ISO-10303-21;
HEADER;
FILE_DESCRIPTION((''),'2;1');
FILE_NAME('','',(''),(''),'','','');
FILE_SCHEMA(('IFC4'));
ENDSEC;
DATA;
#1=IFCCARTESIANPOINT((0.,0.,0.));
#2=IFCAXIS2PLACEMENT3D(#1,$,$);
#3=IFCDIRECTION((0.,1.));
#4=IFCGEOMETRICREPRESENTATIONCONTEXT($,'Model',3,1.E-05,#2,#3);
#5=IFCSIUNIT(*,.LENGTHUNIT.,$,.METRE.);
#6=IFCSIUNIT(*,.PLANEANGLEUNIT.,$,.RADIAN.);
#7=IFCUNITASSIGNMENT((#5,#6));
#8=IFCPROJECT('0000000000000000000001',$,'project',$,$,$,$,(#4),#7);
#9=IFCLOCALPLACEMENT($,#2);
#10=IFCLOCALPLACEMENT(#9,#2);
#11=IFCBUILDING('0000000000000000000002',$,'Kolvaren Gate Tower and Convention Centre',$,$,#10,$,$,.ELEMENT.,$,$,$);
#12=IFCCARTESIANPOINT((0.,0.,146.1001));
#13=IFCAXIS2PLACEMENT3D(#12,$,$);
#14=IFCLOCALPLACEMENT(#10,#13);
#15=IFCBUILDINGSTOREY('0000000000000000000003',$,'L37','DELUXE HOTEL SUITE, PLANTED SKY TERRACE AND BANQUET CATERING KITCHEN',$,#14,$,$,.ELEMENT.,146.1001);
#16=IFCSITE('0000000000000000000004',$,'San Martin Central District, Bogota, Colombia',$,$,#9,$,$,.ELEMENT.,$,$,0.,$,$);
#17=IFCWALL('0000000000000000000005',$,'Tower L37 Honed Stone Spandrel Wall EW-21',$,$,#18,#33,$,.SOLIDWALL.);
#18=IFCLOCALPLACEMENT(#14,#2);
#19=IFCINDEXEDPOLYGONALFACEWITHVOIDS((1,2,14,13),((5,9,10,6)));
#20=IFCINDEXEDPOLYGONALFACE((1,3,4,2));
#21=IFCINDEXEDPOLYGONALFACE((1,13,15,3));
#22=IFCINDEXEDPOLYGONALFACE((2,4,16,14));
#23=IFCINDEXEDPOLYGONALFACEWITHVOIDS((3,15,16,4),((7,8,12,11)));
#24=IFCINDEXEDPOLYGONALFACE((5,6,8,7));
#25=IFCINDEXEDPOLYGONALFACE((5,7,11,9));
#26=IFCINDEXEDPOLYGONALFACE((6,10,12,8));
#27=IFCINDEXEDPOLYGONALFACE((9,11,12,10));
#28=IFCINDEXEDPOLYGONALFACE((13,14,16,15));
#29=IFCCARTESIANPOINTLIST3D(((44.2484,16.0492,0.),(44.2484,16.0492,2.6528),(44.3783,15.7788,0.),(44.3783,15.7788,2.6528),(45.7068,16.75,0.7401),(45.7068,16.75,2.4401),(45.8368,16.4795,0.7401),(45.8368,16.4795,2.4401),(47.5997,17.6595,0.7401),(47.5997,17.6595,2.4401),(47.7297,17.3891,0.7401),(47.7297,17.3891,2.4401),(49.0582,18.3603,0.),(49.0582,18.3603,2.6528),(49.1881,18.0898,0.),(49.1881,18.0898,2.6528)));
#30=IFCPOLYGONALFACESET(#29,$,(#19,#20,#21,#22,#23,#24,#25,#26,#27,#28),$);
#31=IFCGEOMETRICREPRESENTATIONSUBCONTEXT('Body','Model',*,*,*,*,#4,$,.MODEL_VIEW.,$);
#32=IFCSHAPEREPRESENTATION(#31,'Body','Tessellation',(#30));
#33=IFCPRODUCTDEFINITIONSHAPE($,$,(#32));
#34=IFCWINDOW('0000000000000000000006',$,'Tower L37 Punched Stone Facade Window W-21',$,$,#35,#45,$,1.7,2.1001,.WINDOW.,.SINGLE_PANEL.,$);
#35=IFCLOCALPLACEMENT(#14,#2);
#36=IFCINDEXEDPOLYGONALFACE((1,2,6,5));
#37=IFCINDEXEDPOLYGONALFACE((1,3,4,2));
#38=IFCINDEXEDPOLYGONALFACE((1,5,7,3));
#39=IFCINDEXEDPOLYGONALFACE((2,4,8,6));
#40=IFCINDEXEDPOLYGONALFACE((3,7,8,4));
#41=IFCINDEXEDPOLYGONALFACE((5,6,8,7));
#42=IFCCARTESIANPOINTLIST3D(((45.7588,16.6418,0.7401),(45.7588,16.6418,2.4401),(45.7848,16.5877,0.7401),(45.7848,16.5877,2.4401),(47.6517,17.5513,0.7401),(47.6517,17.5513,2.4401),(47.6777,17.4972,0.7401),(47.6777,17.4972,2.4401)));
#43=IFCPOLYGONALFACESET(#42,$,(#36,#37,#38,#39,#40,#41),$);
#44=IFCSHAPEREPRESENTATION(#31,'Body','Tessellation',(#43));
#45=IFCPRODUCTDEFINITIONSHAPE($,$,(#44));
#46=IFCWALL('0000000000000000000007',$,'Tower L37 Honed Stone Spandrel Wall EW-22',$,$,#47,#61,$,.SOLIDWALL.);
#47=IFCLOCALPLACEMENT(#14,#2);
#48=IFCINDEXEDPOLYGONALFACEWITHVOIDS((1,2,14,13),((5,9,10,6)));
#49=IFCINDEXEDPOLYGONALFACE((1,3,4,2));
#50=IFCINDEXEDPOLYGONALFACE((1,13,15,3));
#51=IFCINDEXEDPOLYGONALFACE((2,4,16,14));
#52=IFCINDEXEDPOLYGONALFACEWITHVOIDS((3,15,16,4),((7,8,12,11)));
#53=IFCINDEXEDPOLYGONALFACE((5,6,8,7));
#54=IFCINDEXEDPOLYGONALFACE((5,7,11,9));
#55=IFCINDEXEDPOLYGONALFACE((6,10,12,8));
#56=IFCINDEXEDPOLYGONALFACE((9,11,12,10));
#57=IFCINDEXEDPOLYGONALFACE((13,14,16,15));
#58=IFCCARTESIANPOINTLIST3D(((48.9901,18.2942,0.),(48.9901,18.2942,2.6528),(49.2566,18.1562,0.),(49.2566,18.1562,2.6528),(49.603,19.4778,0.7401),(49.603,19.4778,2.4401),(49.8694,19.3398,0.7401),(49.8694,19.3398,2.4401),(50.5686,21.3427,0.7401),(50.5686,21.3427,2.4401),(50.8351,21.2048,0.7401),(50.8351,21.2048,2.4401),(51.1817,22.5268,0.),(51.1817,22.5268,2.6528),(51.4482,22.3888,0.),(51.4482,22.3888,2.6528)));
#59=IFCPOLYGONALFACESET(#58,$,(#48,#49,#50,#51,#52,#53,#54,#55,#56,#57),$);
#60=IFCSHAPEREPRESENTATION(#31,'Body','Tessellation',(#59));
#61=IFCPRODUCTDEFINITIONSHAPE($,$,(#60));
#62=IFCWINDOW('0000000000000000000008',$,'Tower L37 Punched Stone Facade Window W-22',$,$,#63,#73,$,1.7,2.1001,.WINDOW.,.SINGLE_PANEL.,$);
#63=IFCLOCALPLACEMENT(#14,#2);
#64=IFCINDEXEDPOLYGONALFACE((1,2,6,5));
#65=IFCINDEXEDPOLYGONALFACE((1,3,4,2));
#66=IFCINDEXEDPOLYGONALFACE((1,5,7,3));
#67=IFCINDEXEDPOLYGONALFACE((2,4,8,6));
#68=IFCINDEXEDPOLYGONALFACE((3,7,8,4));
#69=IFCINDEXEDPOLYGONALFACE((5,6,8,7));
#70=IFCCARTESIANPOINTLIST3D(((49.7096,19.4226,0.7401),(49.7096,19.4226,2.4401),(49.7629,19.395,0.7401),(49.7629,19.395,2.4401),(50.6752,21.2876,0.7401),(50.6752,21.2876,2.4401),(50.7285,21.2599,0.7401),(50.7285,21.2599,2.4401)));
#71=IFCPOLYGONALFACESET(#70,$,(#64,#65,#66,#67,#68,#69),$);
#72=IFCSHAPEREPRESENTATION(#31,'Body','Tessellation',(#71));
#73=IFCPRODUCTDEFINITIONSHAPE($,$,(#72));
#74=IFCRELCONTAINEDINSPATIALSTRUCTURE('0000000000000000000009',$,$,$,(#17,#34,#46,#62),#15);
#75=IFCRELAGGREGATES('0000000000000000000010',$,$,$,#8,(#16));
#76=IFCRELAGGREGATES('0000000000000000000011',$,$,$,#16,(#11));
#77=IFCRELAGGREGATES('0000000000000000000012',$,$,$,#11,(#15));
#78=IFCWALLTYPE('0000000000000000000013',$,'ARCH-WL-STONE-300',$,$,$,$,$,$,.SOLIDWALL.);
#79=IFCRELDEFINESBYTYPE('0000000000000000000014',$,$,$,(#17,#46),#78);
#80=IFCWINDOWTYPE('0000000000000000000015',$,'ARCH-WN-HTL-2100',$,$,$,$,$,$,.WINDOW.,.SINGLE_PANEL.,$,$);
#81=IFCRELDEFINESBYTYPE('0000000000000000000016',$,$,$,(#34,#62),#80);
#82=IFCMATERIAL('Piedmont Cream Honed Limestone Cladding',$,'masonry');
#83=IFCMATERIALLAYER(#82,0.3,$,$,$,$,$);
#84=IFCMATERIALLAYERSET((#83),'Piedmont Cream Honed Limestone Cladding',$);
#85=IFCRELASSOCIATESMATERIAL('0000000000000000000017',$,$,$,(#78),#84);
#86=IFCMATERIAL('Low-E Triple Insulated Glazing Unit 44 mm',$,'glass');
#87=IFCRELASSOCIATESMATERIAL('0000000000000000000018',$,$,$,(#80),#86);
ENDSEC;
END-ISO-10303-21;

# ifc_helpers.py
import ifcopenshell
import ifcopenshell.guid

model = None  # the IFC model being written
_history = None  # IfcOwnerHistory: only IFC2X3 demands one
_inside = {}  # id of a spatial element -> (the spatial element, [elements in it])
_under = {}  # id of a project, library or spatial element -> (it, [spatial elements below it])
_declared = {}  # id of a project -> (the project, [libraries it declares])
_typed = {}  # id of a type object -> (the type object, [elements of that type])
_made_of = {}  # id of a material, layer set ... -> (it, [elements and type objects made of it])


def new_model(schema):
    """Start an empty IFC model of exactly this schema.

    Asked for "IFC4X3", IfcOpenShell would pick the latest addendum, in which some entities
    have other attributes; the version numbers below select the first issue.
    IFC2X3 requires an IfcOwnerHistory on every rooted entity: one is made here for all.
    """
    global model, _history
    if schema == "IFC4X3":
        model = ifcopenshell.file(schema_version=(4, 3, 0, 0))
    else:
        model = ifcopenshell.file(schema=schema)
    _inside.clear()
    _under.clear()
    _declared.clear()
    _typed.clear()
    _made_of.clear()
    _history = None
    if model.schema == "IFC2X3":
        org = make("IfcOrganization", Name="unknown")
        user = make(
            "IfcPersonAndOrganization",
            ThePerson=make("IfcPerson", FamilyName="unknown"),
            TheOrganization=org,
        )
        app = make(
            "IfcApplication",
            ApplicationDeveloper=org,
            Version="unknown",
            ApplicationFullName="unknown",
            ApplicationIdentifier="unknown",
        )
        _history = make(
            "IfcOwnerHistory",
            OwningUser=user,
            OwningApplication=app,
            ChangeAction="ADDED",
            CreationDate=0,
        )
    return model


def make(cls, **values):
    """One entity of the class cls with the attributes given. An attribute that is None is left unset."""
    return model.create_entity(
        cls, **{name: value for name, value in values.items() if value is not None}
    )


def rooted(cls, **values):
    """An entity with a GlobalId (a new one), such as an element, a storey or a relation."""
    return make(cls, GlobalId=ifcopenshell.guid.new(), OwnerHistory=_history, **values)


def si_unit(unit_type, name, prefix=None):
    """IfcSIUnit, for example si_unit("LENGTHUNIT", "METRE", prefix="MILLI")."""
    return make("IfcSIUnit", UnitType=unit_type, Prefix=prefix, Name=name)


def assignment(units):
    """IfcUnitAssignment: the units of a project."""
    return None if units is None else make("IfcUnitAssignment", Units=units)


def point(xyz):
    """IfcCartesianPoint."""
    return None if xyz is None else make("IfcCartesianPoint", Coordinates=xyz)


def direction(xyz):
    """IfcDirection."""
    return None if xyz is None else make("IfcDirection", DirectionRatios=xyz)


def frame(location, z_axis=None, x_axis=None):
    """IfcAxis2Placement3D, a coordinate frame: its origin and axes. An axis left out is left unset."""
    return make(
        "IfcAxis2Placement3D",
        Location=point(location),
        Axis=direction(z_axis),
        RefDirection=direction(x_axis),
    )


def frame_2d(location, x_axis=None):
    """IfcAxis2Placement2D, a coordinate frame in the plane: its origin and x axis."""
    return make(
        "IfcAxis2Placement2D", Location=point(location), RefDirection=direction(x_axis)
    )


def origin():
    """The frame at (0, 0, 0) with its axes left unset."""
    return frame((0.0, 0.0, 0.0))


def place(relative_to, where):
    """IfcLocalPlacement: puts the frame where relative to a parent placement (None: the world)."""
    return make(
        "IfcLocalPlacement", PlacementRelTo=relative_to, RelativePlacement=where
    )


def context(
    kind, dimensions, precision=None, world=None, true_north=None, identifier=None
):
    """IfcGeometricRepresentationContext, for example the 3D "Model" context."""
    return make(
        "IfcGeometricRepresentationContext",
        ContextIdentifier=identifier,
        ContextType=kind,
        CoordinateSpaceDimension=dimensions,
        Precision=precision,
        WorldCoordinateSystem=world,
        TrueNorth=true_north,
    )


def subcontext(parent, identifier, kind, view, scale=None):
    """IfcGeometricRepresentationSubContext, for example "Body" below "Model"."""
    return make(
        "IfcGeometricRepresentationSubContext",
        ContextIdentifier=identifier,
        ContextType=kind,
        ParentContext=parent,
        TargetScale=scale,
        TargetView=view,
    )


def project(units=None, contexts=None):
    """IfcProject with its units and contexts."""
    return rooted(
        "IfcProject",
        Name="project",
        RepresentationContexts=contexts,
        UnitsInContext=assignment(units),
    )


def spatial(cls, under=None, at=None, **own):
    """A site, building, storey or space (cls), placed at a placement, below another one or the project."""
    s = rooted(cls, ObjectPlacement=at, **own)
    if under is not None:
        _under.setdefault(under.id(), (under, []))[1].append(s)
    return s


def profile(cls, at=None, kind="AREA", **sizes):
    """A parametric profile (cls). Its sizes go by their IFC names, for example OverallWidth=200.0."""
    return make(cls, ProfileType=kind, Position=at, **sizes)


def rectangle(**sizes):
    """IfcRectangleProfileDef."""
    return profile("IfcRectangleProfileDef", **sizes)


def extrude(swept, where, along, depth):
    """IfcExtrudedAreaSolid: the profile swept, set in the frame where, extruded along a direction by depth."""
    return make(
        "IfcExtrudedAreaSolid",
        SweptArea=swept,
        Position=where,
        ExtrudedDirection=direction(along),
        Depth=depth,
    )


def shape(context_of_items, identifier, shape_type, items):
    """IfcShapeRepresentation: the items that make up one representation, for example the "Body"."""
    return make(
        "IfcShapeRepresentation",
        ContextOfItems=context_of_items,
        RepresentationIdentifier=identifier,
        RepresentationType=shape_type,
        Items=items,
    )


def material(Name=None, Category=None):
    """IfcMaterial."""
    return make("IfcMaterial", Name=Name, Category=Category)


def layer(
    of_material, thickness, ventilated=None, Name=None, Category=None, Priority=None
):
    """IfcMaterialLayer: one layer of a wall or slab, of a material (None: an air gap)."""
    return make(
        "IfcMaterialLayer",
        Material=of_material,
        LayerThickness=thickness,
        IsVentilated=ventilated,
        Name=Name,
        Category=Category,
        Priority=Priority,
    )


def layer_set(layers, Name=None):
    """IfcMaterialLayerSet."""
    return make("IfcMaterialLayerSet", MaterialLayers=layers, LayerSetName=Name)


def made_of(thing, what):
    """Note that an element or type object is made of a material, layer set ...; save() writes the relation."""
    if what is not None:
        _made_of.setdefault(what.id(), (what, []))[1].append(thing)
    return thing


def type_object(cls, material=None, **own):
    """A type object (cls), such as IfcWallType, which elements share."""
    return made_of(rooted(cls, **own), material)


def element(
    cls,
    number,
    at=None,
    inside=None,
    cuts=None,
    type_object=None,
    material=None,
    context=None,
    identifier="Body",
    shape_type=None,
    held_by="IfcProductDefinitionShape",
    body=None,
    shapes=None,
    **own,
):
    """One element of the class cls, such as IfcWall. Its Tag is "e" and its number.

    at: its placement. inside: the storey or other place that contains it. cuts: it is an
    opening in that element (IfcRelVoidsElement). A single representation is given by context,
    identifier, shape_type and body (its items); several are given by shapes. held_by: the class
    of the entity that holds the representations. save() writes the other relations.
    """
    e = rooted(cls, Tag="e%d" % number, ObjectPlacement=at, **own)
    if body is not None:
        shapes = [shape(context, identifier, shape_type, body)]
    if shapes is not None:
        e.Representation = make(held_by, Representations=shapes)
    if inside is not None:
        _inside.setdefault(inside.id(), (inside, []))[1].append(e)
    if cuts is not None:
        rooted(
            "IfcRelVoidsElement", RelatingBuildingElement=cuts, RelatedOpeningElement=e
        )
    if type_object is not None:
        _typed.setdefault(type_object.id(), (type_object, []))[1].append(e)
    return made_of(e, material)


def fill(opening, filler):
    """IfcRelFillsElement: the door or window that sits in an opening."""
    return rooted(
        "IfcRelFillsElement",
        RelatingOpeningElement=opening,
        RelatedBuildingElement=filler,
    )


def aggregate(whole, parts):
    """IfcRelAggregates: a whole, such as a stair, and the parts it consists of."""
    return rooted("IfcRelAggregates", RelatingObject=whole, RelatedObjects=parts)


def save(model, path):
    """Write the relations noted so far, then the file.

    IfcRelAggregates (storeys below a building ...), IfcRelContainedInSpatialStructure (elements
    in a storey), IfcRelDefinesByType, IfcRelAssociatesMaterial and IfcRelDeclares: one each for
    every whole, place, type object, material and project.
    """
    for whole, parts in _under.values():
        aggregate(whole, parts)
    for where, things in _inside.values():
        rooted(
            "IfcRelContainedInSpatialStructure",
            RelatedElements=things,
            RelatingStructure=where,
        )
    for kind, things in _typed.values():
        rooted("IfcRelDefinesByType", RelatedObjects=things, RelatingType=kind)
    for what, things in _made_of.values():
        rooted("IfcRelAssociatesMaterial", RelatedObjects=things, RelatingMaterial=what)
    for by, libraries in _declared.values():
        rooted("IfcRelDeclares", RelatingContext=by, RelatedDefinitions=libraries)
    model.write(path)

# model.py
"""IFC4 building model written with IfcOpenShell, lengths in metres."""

from ifc_helpers import new_model, si_unit, direction, frame, frame_2d, origin, place, context, subcontext, project, spatial, rectangle, extrude, material, layer, layer_set, type_object, element, fill, save


model = new_model("IFC4")

# Units and contexts
model_context = context("Model", 3, precision=1e-05, world=origin(), true_north=direction((0.0, 1.0)))
body_context = subcontext(model_context, "Body", "Model", "MODEL_VIEW")
ifc_project = project(units=[si_unit("LENGTHUNIT", "METRE"), si_unit("PLANEANGLEUNIT", "RADIAN")], contexts=[model_context])

# Site, building, storey
site_placement = place(None, origin())
site = spatial("IfcSite", under=ifc_project, at=site_placement, Name="San Martin Central District, Bogota, Colombia", CompositionType="ELEMENT", RefElevation=0.0)
building_placement = place(site_placement, origin())
building = spatial("IfcBuilding", under=site, at=building_placement, Name="Kolvaren Gate Tower and Convention Centre", CompositionType="ELEMENT")
storey_placement = place(building_placement, frame((0.0, 0.0, 146.1001)))
storey = spatial("IfcBuildingStorey", under=building, at=storey_placement, Name="L37", Description="DELUXE HOTEL SUITE, PLANTED SKY TERRACE AND BANQUET CATERING KITCHEN", CompositionType="ELEMENT", Elevation=146.1001)

# Shared definitions
ifc_material_1 = material(Name="Piedmont Cream Honed Limestone Cladding", Category="masonry")

# Shared definitions
ifc_layer_1 = layer(ifc_material_1, 0.3)
ifc_layer_set_1 = layer_set([ifc_layer_1], Name="Piedmont Cream Honed Limestone Cladding")
wall_type_1 = type_object("IfcWallType", Name="ARCH-WL-STONE-300", PredefinedType="SOLIDWALL", material=ifc_layer_set_1)

# Walls, openings, windows
wall_1_placement = place(storey_placement, frame((44.3135, 15.9141, 0.0), z_axis=(0.0, 0.0, 1.0), x_axis=(0.901353, 0.433085, 0.0)))
wall_1 = element("IfcWall", 1, at=wall_1_placement, inside=storey, type_object=wall_type_1, Name="Tower L37 Honed Stone Spandrel Wall EW-21", PredefinedType="SOLIDWALL", context=body_context, shape_type="SweptSolid", body=[
    extrude(rectangle(XDim=5.3362, YDim=0.3, at=frame_2d((2.668, 0.0))), origin(), (0.0, 0.0, 1.0), 2.6528),
])
opening_1_placement = place(wall_1_placement, frame((1.6179, 0.0, 0.74)))
opening_1 = element("IfcOpeningElement", 2, at=opening_1_placement, cuts=wall_1, PredefinedType="OPENING", context=body_context, shape_type="SweptSolid", body=[
    extrude(rectangle(XDim=2.1001, YDim=1.7, at=frame_2d((1.05, 0.8501))), frame((0.0, 0.1599, 0.0), z_axis=(0.0, -1.0, 0.0), x_axis=(1.0, 0.0, 0.0)), (0.0, 0.0, 1.0), 0.3201),
])
ifc_material_2 = material(Name="Low-E Triple Insulated Glazing Unit 44 mm", Category="glass")
window_type = type_object("IfcWindowType", Name="ARCH-WN-HTL-2100", PartitioningType="SINGLE_PANEL", PredefinedType="WINDOW", material=ifc_material_2)
window_1_placement = place(opening_1_placement, origin())
window_1 = element("IfcWindow", 3, at=window_1_placement, inside=storey, type_object=window_type, Name="Tower L37 Punched Stone Facade Window W-21", OverallHeight=1.7, OverallWidth=2.1001, PartitioningType="SINGLE_PANEL", PredefinedType="WINDOW", context=body_context, shape_type="SweptSolid", body=[
    extrude(rectangle(XDim=2.1001, YDim=1.7, at=frame_2d((1.05, 0.8501))), frame((0.0, 0.03, 0.0), z_axis=(0.0, -1.0, 0.0), x_axis=(1.0, 0.0, 0.0)), (0.0, 0.0, 1.0), 0.0601),
])
fill(opening_1, window_1)
wall_2_placement = place(storey_placement, frame((49.1233, 18.2251, 0.0), z_axis=(0.0, 0.0, 1.0), x_axis=(0.45981, 0.888017, 0.0)))
wall_2 = element("IfcWall", 4, at=wall_2_placement, inside=storey, type_object=wall_type_1, Name="Tower L37 Honed Stone Spandrel Wall EW-22", PredefinedType="SOLIDWALL", context=body_context, shape_type="SweptSolid", body=[
    extrude(rectangle(XDim=4.7664, YDim=0.3, at=frame_2d((2.3833, 0.0))), origin(), (0.0, 0.0, 1.0), 2.6528),
])
opening_2_placement = place(wall_2_placement, frame((1.333, 0.0, 0.74)))
opening_2 = element("IfcOpeningElement", 5, at=opening_2_placement, cuts=wall_2, PredefinedType="OPENING", context=body_context, shape_type="SweptSolid", body=[
    extrude(rectangle(XDim=2.1001, YDim=1.7, at=frame_2d((1.05, 0.8501))), frame((0.0, 0.1599, 0.0), z_axis=(0.0, -1.0, 0.0), x_axis=(1.0, 0.0, 0.0)), (0.0, 0.0, 1.0), 0.3201),
])
window_2_placement = place(opening_2_placement, origin())
window_2 = element("IfcWindow", 6, at=window_2_placement, inside=storey, type_object=window_type, Name="Tower L37 Punched Stone Facade Window W-22", OverallHeight=1.7, OverallWidth=2.1001, PartitioningType="SINGLE_PANEL", PredefinedType="WINDOW", context=body_context, shape_type="SweptSolid", body=[
    extrude(rectangle(XDim=2.1001, YDim=1.7, at=frame_2d((1.05, 0.8501))), frame((0.0, 0.03, 0.0), z_axis=(0.0, -1.0, 0.0), x_axis=(1.0, 0.0, 0.0)), (0.0, 0.0, 1.0), 0.0601),
])
fill(opening_2, window_2)

save(model, "model.ifc")
